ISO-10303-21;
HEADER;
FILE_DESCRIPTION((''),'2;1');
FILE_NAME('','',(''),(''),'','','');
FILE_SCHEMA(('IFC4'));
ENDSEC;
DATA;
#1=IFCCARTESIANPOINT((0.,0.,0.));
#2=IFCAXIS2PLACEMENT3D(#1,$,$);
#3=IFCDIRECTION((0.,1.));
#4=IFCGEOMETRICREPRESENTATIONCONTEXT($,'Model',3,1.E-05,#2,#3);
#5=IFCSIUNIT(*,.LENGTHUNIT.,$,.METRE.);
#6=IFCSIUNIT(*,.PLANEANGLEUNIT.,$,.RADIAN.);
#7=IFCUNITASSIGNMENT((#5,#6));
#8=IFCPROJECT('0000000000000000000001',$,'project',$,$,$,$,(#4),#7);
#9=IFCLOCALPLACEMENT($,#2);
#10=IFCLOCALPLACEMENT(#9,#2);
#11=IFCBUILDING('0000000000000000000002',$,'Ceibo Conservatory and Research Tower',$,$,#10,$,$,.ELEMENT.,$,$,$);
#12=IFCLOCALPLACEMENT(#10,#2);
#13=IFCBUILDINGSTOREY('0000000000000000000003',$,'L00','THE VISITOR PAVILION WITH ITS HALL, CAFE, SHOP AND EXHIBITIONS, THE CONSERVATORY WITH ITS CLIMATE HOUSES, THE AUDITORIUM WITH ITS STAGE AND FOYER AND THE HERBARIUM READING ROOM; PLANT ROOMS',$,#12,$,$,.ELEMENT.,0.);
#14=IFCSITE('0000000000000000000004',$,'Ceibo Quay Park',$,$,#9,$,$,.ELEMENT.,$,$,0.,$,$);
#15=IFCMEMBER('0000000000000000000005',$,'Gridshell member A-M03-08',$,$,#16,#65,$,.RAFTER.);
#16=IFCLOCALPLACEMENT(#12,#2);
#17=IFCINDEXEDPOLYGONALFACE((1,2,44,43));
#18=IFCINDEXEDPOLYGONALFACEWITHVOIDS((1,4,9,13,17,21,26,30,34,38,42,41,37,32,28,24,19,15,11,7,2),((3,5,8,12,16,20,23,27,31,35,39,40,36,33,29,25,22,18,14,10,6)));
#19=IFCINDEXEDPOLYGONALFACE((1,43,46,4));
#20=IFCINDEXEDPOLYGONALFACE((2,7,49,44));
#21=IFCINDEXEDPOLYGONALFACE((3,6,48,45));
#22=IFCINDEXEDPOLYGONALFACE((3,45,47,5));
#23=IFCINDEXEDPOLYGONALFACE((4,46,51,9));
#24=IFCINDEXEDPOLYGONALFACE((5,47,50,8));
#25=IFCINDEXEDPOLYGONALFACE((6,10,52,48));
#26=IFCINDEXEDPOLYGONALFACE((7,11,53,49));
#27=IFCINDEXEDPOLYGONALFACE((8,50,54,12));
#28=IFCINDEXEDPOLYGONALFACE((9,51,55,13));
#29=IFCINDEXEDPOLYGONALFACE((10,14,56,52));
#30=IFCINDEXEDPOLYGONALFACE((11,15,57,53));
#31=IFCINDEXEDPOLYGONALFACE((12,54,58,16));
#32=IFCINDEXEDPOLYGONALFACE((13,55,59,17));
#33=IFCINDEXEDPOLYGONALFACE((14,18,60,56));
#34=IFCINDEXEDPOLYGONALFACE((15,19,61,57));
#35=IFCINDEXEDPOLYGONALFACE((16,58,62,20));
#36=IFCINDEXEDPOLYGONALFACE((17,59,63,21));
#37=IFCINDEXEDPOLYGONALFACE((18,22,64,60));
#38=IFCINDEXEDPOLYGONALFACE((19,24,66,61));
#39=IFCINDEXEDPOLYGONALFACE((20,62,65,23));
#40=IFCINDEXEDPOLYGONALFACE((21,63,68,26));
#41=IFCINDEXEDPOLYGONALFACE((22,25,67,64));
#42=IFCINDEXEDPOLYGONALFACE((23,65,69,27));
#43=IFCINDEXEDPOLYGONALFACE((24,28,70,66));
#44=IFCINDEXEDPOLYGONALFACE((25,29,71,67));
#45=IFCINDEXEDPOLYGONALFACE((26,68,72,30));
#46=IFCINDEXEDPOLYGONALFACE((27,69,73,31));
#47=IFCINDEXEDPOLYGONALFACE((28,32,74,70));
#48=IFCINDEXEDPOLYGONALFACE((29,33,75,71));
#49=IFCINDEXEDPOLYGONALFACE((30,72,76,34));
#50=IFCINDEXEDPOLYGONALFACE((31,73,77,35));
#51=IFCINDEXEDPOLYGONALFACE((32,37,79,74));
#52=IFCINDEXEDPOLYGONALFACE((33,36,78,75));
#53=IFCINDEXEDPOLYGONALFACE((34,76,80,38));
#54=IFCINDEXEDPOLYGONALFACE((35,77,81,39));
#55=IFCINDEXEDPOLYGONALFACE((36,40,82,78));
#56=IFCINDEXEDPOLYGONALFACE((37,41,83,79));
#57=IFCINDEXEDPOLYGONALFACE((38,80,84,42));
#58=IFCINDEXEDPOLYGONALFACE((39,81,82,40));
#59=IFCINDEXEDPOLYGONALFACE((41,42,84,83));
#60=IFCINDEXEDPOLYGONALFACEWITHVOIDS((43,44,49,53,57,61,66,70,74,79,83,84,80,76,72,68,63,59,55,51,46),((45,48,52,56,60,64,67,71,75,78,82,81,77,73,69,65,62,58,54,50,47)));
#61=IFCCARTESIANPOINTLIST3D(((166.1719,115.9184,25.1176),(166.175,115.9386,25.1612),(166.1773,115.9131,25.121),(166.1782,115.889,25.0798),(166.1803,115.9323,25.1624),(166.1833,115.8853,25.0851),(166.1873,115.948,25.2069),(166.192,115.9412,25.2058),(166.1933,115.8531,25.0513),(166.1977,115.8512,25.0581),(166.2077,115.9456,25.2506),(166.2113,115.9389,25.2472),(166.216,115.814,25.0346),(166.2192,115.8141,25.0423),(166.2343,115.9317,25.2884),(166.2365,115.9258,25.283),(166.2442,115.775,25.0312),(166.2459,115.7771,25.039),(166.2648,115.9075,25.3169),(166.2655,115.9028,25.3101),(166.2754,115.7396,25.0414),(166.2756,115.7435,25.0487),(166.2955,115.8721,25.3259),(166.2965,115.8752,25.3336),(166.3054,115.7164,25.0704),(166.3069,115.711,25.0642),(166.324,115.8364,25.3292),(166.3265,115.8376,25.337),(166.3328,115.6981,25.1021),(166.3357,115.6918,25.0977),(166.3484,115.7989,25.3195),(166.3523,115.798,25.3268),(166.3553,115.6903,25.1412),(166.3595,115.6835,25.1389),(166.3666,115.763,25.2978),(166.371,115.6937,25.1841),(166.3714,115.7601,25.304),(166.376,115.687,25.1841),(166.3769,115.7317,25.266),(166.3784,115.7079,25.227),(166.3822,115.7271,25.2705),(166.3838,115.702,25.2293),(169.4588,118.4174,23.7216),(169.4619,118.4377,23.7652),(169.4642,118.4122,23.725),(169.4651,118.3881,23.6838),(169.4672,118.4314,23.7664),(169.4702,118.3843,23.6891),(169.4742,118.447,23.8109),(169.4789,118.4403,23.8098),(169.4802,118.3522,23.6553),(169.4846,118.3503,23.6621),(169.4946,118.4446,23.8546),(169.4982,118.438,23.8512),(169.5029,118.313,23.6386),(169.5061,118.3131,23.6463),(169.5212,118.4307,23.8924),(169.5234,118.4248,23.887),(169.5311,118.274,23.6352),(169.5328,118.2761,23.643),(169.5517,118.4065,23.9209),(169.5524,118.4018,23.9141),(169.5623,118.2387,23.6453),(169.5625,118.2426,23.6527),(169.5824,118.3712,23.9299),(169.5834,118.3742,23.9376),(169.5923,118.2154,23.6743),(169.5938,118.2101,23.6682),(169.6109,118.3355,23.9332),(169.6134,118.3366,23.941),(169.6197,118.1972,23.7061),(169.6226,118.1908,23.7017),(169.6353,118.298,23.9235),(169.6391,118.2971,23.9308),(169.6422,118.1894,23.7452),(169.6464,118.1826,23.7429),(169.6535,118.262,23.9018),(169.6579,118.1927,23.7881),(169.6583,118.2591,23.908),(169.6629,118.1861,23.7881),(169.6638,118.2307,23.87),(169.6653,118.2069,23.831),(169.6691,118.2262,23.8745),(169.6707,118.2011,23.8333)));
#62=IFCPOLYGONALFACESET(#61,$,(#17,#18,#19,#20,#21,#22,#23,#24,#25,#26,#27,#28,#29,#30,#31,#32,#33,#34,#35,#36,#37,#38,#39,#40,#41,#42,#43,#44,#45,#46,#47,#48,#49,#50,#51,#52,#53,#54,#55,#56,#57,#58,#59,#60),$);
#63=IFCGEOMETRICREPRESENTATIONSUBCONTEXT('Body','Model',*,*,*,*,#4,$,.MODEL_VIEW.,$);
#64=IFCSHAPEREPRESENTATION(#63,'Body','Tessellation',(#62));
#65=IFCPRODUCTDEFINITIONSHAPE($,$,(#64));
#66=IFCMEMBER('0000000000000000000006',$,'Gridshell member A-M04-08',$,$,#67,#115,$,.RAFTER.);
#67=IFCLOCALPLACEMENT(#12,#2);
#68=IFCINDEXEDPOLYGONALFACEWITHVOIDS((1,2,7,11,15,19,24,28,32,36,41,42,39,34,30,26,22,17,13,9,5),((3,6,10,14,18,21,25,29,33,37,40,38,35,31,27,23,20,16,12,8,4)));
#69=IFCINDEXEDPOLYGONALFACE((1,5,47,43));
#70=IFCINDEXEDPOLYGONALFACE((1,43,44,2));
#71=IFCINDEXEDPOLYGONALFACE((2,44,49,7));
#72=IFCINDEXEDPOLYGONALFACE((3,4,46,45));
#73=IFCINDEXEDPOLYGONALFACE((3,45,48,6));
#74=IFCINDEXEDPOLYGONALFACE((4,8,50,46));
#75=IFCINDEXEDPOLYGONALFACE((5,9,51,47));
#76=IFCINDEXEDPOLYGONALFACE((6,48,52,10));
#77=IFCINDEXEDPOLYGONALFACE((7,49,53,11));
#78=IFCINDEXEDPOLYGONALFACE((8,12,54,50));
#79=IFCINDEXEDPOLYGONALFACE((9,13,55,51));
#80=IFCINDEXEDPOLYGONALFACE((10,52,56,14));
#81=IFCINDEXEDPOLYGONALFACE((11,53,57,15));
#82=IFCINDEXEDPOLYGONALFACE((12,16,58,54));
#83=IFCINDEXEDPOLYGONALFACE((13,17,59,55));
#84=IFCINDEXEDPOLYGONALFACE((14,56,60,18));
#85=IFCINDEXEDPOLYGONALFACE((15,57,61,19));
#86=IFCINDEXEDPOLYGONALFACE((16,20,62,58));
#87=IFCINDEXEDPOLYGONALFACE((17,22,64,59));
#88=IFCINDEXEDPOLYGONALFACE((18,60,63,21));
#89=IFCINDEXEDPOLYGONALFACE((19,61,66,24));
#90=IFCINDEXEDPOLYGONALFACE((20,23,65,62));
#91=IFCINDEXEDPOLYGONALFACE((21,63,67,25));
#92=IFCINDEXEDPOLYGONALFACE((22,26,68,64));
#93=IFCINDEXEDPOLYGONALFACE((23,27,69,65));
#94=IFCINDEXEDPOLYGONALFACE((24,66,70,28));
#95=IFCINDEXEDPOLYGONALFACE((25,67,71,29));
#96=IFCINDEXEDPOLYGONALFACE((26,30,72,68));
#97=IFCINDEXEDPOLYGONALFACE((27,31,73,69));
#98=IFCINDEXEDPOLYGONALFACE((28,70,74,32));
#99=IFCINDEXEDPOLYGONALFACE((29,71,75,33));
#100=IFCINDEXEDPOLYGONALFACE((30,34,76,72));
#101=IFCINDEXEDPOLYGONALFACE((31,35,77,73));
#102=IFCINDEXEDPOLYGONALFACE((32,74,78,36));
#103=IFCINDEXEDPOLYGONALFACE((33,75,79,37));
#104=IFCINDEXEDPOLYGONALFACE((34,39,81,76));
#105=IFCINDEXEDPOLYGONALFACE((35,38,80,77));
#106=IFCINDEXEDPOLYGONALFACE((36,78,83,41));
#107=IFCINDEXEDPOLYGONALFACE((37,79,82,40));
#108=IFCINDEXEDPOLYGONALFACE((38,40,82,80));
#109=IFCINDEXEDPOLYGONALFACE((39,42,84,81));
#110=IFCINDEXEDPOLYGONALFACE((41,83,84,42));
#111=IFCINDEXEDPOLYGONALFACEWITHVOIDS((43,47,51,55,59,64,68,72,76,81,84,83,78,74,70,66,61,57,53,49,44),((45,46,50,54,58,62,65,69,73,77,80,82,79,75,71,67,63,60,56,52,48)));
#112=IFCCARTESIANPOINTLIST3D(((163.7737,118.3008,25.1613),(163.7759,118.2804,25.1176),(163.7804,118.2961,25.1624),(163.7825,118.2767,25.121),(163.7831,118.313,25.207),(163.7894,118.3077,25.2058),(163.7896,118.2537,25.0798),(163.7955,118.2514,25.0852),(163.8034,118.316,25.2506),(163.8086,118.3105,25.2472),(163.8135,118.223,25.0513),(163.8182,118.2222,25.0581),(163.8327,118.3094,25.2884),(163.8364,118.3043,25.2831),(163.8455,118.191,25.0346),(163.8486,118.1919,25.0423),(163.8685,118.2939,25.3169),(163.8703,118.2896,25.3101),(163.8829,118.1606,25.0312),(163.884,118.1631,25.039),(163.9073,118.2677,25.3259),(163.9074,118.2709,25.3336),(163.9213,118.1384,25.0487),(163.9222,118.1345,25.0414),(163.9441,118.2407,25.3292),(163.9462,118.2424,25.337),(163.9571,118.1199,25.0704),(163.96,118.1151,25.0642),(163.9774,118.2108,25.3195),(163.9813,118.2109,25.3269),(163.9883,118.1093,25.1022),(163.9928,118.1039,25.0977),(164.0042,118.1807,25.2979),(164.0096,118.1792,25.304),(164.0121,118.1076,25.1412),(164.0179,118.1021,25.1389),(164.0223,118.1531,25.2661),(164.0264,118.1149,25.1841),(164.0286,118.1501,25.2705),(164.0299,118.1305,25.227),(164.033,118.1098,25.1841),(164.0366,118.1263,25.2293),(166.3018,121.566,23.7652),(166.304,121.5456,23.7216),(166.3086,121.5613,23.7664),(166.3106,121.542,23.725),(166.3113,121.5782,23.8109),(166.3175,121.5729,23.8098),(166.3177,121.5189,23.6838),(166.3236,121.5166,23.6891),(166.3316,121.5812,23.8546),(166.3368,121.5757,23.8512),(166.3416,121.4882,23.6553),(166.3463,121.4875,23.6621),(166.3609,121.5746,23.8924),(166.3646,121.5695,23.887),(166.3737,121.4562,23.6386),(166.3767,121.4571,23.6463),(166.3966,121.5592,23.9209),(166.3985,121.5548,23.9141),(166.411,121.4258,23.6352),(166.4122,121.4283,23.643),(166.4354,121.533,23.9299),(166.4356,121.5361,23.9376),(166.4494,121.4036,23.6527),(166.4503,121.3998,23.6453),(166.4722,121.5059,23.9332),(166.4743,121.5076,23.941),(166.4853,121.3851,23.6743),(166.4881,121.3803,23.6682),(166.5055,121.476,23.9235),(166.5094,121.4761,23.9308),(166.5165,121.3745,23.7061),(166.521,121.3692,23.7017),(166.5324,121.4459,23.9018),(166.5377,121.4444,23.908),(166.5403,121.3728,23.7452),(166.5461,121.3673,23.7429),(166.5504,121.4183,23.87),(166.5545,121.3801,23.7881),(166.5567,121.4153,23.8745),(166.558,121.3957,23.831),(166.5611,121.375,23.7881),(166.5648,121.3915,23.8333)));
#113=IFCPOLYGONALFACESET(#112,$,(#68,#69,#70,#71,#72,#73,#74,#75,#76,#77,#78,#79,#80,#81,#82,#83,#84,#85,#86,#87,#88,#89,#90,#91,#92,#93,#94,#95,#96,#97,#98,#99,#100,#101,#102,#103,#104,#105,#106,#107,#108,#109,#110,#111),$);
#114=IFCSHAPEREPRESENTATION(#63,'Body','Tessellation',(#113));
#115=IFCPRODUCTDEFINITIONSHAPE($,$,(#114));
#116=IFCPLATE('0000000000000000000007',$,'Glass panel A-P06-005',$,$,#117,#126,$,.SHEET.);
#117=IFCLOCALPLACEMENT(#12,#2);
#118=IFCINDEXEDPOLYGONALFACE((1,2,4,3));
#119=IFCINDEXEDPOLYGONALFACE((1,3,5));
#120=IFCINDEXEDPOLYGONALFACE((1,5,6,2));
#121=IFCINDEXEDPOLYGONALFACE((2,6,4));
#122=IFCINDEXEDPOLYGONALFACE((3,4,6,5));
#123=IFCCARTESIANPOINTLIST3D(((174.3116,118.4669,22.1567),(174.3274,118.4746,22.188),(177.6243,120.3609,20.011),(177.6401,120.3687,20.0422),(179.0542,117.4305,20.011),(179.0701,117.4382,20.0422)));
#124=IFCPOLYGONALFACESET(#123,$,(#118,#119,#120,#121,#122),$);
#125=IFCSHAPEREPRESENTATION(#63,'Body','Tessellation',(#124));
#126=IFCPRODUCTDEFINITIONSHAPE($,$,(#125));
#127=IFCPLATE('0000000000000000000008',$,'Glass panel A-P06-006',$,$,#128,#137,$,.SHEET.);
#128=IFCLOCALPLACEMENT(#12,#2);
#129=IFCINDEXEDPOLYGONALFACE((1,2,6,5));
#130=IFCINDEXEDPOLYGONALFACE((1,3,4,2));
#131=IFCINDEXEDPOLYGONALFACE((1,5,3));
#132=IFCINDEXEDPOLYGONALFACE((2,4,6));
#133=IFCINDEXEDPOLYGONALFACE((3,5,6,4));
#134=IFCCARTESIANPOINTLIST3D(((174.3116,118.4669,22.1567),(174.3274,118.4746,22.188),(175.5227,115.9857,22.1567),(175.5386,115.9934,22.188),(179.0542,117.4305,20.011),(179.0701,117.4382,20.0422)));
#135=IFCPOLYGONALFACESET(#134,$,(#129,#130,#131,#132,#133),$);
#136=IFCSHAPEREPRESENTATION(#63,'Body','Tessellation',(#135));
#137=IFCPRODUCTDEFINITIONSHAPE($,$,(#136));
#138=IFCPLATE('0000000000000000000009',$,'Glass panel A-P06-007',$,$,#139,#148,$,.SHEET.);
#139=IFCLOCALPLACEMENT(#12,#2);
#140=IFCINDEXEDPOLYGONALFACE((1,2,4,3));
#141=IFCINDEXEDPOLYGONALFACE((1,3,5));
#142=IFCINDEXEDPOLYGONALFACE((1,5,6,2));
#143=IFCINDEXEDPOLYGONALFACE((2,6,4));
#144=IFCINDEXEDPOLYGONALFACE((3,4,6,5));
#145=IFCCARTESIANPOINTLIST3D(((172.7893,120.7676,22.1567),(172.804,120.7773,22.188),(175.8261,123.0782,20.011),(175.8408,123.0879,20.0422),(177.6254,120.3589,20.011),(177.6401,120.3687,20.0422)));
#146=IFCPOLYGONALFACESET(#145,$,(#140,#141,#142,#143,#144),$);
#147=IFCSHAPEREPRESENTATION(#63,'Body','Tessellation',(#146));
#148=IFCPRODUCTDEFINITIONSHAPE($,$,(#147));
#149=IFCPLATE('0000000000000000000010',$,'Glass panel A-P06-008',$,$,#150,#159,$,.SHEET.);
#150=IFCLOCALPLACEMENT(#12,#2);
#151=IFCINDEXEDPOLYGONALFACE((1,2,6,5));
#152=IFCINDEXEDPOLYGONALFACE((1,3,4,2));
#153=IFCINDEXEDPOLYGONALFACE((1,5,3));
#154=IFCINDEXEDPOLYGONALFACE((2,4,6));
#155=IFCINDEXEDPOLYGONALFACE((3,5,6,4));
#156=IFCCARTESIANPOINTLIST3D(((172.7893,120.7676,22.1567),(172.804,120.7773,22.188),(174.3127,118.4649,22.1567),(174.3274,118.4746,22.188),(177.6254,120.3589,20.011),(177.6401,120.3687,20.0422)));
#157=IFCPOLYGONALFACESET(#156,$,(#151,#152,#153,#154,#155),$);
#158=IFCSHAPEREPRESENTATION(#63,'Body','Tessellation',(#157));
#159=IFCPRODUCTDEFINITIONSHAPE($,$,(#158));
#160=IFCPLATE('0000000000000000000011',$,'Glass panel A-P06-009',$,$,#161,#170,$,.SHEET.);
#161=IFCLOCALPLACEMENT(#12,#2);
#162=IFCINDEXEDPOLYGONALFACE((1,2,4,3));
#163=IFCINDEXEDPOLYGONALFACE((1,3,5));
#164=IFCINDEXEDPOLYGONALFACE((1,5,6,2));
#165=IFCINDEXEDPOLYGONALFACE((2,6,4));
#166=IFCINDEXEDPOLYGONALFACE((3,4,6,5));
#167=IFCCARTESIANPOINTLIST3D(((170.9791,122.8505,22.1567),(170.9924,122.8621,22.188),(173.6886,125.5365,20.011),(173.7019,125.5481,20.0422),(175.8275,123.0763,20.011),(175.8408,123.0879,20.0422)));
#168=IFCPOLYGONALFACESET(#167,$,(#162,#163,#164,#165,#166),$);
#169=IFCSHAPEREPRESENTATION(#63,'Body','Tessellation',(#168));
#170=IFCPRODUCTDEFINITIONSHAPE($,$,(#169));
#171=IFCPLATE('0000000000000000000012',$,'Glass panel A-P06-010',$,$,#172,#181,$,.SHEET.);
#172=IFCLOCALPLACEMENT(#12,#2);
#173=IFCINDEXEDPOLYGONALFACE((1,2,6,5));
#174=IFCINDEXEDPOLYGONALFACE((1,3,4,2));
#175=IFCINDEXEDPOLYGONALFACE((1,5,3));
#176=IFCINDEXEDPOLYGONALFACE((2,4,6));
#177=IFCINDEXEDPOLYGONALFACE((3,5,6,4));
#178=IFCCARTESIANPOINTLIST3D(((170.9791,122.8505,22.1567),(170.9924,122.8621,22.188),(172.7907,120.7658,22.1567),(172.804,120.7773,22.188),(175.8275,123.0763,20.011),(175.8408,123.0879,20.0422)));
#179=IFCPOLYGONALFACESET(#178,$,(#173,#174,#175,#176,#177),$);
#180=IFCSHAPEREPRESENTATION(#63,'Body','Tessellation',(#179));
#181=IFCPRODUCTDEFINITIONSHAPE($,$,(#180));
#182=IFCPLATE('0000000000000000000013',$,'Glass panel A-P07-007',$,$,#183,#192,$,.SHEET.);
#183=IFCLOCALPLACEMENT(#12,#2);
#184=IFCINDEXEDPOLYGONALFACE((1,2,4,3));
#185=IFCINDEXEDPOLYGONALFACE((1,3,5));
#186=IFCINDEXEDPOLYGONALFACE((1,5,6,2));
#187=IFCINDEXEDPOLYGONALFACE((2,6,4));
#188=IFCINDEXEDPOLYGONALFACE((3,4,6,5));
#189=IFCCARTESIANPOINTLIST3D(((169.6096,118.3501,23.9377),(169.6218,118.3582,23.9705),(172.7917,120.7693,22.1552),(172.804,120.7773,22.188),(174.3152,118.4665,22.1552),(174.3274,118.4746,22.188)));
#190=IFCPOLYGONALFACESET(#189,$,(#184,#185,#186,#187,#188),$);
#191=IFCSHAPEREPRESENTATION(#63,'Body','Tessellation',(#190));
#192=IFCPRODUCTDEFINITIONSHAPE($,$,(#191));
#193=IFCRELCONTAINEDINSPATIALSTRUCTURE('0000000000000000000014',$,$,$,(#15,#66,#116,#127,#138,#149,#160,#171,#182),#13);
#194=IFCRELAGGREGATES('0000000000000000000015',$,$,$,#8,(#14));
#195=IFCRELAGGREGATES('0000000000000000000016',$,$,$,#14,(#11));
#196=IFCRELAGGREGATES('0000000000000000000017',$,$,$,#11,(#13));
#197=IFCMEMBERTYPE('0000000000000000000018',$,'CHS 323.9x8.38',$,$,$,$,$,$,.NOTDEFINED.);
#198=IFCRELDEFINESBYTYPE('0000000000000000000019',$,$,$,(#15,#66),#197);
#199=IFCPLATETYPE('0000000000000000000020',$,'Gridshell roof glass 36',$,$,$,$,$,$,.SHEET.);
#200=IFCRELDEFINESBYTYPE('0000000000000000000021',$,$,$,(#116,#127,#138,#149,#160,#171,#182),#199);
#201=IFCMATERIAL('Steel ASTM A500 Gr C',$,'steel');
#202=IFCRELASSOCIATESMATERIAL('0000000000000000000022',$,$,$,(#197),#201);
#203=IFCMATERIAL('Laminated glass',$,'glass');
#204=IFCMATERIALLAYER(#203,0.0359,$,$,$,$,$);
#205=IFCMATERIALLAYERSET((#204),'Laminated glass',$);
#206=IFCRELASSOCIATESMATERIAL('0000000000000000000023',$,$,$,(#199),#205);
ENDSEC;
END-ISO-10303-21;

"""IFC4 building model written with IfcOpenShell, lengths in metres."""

from ifc_helpers import new_model, si_unit, direction, frame, origin, origin_2d, place, context, subcontext, project, spatial, polyline, hollow_circle, outline, extrude, material, layer, layer_set, material_profile, profile_set, type_object, element, save


model = new_model("IFC4")

# Units and contexts
model_context = context("Model", 3, precision=1e-05, world=origin(), true_north=direction((0.0, 1.0)))
body_context = subcontext(model_context, "Body", "Model", "MODEL_VIEW")
ifc_project = project(units=[si_unit("LENGTHUNIT", "METRE"), si_unit("PLANEANGLEUNIT", "RADIAN")], contexts=[model_context])

# Site, building, storey
site_placement = place(None, origin())
site = spatial("IfcSite", under=ifc_project, at=site_placement, Name="Ceibo Quay Park", CompositionType="ELEMENT", RefElevation=0.0)
building_placement = place(site_placement, origin())
building = spatial("IfcBuilding", under=site, at=building_placement, Name="Ceibo Conservatory and Research Tower", CompositionType="ELEMENT")
storey_placement = place(building_placement, origin())
storey = spatial("IfcBuildingStorey", under=building, at=storey_placement, Name="L00", Description="THE VISITOR PAVILION WITH ITS HALL, CAFE, SHOP AND EXHIBITIONS, THE CONSERVATORY WITH ITS CLIMATE HOUSES, THE AUDITORIUM WITH ITS STAGE AND FOYER AND THE HERBARIUM READING ROOM; PLANT ROOMS", CompositionType="ELEMENT", Elevation=0.0)

# Members
ifc_material_1 = material(Name="Steel ASTM A500 Gr C", Category="steel")
ifc_material_profile_1 = material_profile(ifc_material_1, hollow_circle(Radius=0.1619, WallThickness=0.0083, at=origin_2d()), Name="CHS 323.9x8.38")
ifc_profile_set_1 = profile_set([ifc_material_profile_1], Name="Steel ASTM A500 Gr C")
member_type_1 = type_object("IfcMemberType", Name="CHS 323.9x8.38", PredefinedType="NOTDEFINED", material=ifc_profile_set_1)
member_1_placement = place(storey_placement, frame((169.5649, 118.3149, 23.7881), z_axis=(-0.75411, -0.573354, 0.320285), x_axis=(0.605238, -0.796045, 0.0)))
element("IfcMember", 1, at=member_1_placement, inside=storey, type_object=member_type_1, Name="Gridshell member A-M03-08", PredefinedType="RAFTER", context=body_context, shape_type="SweptSolid", body=[
    extrude(hollow_circle(Radius=0.1619, WallThickness=0.0083, at=origin_2d()), origin(), (0.0, 0.0, 1.0), 4.3586),
])
member_2_placement = place(storey_placement, frame((166.4331, 121.4741, 23.7881), z_axis=(-0.579964, -0.749052, 0.320254), x_axis=(0.790697, -0.612208, 0.0)))
element("IfcMember", 2, at=member_2_placement, inside=storey, type_object=member_type_1, Name="Gridshell member A-M04-08", PredefinedType="RAFTER", context=body_context, shape_type="SweptSolid", body=[
    extrude(hollow_circle(Radius=0.1619, WallThickness=0.0083, at=origin_2d()), origin(), (0.0, 0.0, 1.0), 4.3591),
])

# Plates
ifc_material_2 = material(Name="Laminated glass", Category="glass")
ifc_layer = layer(ifc_material_2, 0.0359)
ifc_layer_set = layer_set([ifc_layer], Name="Laminated glass")
plate_type = type_object("IfcPlateType", Name="Gridshell roof glass 36", PredefinedType="SHEET", material=ifc_layer_set)
plate_1_placement = place(storey_placement, frame((179.0701, 117.4382, 20.0422), z_axis=(0.441206, 0.215292, 0.871198), x_axis=(-0.438537, 0.898713, 0.0)))
element("IfcPlate", 3, at=plate_1_placement, inside=storey, type_object=plate_type, Name="Glass panel A-P06-005", PredefinedType="SHEET", context=body_context, shape_type="SweptSolid", body=[
    extrude(outline(polyline([(0.0, 0.0), (3.2607, 0.0), (3.0112, 4.3708), (0.0, 0.0)])), origin(), (0.0, 0.0, -1.0), 0.0359),
])
plate_2_placement = place(storey_placement, frame((179.0701, 117.4382, 20.0422), z_axis=(0.441214, 0.215375, 0.871174), x_axis=(-0.893552, 0.19526, 0.404274)))
element("IfcPlate", 4, at=plate_2_placement, inside=storey, type_object=plate_type, Name="Glass panel A-P06-006", PredefinedType="SHEET", context=body_context, shape_type="SweptSolid", body=[
    extrude(outline(polyline([(0.0, 0.0), (5.3077, 0.0), (3.7409, 2.2735), (0.0, 0.0)])), origin(), (0.0, 0.0, -1.0), 0.0359),
])
plate_3_placement = place(storey_placement, frame((177.6401, 120.3687, 20.0422), z_axis=(0.40943, 0.270919, 0.871189), x_axis=(-0.551829, 0.833958, 0.0)))
element("IfcPlate", 5, at=plate_3_placement, inside=storey, type_object=plate_type, Name="Glass panel A-P06-007", PredefinedType="SHEET", context=body_context, shape_type="SweptSolid", body=[
    extrude(outline(polyline([(0.0, 0.0), (3.2606, 0.0), (3.0096, 4.3706), (0.0, 0.0)])), origin(), (0.0, 0.0, -1.0), 0.0359),
])
plate_4_placement = place(storey_placement, frame((177.6401, 120.3687, 20.0422), z_axis=(0.409432, 0.270871, 0.871203), x_axis=(-0.911353, 0.077016, 0.404356)))
element("IfcPlate", 6, at=plate_4_placement, inside=storey, type_object=plate_type, Name="Glass panel A-P06-008", PredefinedType="SHEET", context=body_context, shape_type="SweptSolid", body=[
    extrude(outline(polyline([(0.0, 0.0), (5.3066, 0.0), (3.7409, 2.2742), (0.0, 0.0)])), origin(), (0.0, 0.0, -1.0), 0.0359),
])
plate_5_placement = place(storey_placement, frame((175.8408, 123.0879, 20.0422), z_axis=(0.370543, 0.322152, 0.871158), x_axis=(-0.65611, 0.754665, 0.0)))
element("IfcPlate", 7, at=plate_5_placement, inside=storey, type_object=plate_type, Name="Glass panel A-P06-009", PredefinedType="SHEET", context=body_context, shape_type="SweptSolid", body=[
    extrude(outline(polyline([(0.0, 0.0), (3.26, 0.0), (3.0107, 4.3701), (0.0, 0.0)])), origin(), (0.0, 0.0, -1.0), 0.0359),
])
plate_6_placement = place(storey_placement, frame((175.8408, 123.0879, 20.0422), z_axis=(0.370569, 0.322007, 0.8712), x_axis=(-0.913618, -0.042555, 0.40434)))
element("IfcPlate", 8, at=plate_6_placement, inside=storey, type_object=plate_type, Name="Glass panel A-P06-010", PredefinedType="SHEET", context=body_context, shape_type="SweptSolid", body=[
    extrude(outline(polyline([(0.0, 0.0), (5.3068, 0.0), (3.7405, 2.2747), (0.0, 0.0)])), origin(), (0.0, 0.0, -1.0), 0.0359),
])
plate_7_placement = place(storey_placement, frame((169.6218, 118.3582, 23.9705), z_axis=(0.340268, 0.225114, 0.912985), x_axis=(0.934905, 0.023137, -0.354143)))
element("IfcPlate", 9, at=plate_7_placement, inside=storey, type_object=plate_type, Name="Glass panel A-P07-007", PredefinedType="SHEET", context=body_context, shape_type="SweptSolid", body=[
    extrude(outline(polyline([(0.0, 0.0), (5.0332, 0.0), (3.6622, 2.3966), (0.0, 0.0)])), origin(), (0.0, 0.0, -1.0), 0.0359),
])

save(model, "model.ifc")
